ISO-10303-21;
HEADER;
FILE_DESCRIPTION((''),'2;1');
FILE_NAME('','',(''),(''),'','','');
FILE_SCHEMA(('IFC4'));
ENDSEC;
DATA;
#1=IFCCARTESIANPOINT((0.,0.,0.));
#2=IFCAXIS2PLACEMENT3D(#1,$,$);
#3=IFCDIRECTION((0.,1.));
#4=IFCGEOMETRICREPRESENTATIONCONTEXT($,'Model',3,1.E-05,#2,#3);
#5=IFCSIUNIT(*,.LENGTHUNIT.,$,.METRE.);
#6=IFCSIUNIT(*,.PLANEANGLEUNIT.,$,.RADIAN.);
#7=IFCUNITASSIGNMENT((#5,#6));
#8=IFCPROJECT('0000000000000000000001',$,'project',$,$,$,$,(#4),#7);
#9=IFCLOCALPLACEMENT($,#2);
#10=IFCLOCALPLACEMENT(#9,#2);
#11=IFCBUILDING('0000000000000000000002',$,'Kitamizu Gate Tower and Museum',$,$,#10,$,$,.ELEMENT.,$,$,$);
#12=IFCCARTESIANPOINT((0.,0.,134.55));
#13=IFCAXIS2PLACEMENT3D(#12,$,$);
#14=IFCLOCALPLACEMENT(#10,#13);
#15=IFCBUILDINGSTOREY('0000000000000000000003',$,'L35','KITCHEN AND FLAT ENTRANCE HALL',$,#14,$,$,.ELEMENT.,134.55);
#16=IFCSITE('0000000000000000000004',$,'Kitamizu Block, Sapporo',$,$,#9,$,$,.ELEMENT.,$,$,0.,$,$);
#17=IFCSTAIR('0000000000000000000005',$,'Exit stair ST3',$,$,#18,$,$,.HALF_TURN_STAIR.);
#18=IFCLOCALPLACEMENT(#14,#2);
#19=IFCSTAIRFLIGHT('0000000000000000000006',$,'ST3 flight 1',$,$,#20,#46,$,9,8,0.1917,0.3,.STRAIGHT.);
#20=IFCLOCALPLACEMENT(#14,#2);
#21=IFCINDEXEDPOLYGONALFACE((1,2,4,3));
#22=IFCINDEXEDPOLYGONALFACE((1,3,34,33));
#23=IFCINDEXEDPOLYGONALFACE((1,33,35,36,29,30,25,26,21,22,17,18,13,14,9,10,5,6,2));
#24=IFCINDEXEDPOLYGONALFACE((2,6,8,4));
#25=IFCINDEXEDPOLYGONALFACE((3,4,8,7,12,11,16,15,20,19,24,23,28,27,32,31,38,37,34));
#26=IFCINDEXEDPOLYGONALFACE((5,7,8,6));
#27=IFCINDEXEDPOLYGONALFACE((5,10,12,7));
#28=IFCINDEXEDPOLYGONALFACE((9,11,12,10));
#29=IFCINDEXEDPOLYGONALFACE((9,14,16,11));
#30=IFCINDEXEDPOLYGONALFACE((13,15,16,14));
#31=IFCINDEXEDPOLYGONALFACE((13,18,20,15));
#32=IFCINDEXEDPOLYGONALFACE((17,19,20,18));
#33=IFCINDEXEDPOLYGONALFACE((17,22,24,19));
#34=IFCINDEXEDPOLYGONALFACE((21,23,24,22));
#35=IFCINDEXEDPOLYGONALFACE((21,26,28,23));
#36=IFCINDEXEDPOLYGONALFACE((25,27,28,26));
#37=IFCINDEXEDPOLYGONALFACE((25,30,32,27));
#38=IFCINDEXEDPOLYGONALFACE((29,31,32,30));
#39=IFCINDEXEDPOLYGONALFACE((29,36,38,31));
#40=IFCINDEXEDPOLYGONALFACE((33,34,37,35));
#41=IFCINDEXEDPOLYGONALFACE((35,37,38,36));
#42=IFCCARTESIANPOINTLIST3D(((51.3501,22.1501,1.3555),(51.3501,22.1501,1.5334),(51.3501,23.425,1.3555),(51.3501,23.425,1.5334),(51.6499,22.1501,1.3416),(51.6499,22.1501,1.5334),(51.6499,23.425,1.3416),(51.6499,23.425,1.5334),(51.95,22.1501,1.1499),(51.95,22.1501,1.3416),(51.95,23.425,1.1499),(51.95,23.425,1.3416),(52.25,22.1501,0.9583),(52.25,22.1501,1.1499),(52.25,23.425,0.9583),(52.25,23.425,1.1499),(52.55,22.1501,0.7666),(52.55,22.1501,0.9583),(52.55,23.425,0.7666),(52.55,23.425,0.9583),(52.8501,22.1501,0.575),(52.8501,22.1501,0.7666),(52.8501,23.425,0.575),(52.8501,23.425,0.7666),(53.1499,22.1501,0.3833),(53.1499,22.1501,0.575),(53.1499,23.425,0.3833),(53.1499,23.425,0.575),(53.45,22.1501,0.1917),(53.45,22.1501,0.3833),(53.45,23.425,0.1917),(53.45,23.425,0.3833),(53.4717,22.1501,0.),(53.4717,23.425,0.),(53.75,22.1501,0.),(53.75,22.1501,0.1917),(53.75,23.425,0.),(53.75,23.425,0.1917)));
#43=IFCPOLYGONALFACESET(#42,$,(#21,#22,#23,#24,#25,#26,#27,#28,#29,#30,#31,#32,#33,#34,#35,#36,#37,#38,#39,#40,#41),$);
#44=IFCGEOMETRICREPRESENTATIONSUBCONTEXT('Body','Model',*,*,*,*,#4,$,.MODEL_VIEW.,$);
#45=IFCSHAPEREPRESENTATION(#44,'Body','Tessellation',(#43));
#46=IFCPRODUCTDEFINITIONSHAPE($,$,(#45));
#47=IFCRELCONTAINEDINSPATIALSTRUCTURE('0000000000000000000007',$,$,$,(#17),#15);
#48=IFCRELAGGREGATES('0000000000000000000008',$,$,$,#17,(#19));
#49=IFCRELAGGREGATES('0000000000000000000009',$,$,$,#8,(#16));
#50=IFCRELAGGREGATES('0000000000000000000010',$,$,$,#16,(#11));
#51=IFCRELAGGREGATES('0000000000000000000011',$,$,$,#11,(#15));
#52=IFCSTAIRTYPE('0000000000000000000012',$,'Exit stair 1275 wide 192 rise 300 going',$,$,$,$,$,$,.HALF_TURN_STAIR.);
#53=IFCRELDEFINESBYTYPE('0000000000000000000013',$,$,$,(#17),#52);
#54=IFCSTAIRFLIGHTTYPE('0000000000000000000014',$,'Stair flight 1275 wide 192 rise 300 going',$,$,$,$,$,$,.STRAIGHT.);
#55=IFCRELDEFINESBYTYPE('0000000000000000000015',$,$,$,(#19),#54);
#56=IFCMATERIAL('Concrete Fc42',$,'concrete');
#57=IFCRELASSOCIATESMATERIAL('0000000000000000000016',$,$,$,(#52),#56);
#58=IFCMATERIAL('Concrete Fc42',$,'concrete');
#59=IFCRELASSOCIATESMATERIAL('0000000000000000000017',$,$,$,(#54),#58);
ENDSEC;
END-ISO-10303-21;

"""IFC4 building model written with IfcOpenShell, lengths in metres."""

from ifc_helpers import new_model, si_unit, direction, frame, origin, place, context, subcontext, project, spatial, polyline, outline, extrude, material, type_object, element, aggregate, save


model = new_model("IFC4")

# Units and contexts
model_context = context("Model", 3, precision=1e-05, world=origin(), true_north=direction((0.0, 1.0)))
body_context = subcontext(model_context, "Body", "Model", "MODEL_VIEW")
ifc_project = project(units=[si_unit("LENGTHUNIT", "METRE"), si_unit("PLANEANGLEUNIT", "RADIAN")], contexts=[model_context])

# Site, building, storey
site_placement = place(None, origin())
site = spatial("IfcSite", under=ifc_project, at=site_placement, Name="Kitamizu Block, Sapporo", CompositionType="ELEMENT", RefElevation=0.0)
building_placement = place(site_placement, origin())
building = spatial("IfcBuilding", under=site, at=building_placement, Name="Kitamizu Gate Tower and Museum", CompositionType="ELEMENT")
storey_placement = place(building_placement, frame((0.0, 0.0, 134.55)))
storey = spatial("IfcBuildingStorey", under=building, at=storey_placement, Name="L35", Description="KITCHEN AND FLAT ENTRANCE HALL", CompositionType="ELEMENT", Elevation=134.55)

# Stair, stair flight
ifc_material_1 = material(Name="Concrete Fc42", Category="concrete")
stair_type = type_object("IfcStairType", Name="Exit stair 1275 wide 192 rise 300 going", PredefinedType="HALF_TURN_STAIR", material=ifc_material_1)
stair_placement = place(storey_placement, origin())
stair = element("IfcStair", 1, at=stair_placement, inside=storey, type_object=stair_type, Name="Exit stair ST3", PredefinedType="HALF_TURN_STAIR")
ifc_material_2 = material(Name="Concrete Fc42", Category="concrete")
stair_flight_type = type_object("IfcStairFlightType", Name="Stair flight 1275 wide 192 rise 300 going", PredefinedType="STRAIGHT", material=ifc_material_2)
stair_flight_placement = place(storey_placement, frame((53.75, 22.7876, 0.0), z_axis=(0.0, 0.0, 1.0), x_axis=(-1.0, 0.0, 0.0)))
stair_flight = element("IfcStairFlight", 2, at=stair_flight_placement, type_object=stair_flight_type, Name="ST3 flight 1", NumberOfRisers=9, NumberOfTreads=8, PredefinedType="STRAIGHT", RiserHeight=0.1917, TreadLength=0.3, context=body_context, shape_type="SweptSolid", body=[
    extrude(outline(polyline([(0.0, 0.0), (0.0, 0.1917), (0.3, 0.1917), (0.3, 0.3833), (0.6001, 0.3833), (0.6001, 0.575), (0.8999, 0.575), (0.8999, 0.7666), (1.2, 0.7666), (1.2, 0.9583), (1.5, 0.9583), (1.5, 1.1499), (1.8, 1.1499), (1.8, 1.3416), (2.1001, 1.3416), (2.1001, 1.5334), (2.3999, 1.5334), (2.3999, 1.7251), (2.3999, 1.3555), (0.2783, 0.0), (0.0, 0.0)])), frame((0.0, 0.6375, 0.0), z_axis=(0.0, -1.0, 0.0), x_axis=(1.0, 0.0, 0.0)), (0.0, 0.0, 1.0), 1.2749),
])
aggregate(stair, [stair_flight])

save(model, "model.ifc")
